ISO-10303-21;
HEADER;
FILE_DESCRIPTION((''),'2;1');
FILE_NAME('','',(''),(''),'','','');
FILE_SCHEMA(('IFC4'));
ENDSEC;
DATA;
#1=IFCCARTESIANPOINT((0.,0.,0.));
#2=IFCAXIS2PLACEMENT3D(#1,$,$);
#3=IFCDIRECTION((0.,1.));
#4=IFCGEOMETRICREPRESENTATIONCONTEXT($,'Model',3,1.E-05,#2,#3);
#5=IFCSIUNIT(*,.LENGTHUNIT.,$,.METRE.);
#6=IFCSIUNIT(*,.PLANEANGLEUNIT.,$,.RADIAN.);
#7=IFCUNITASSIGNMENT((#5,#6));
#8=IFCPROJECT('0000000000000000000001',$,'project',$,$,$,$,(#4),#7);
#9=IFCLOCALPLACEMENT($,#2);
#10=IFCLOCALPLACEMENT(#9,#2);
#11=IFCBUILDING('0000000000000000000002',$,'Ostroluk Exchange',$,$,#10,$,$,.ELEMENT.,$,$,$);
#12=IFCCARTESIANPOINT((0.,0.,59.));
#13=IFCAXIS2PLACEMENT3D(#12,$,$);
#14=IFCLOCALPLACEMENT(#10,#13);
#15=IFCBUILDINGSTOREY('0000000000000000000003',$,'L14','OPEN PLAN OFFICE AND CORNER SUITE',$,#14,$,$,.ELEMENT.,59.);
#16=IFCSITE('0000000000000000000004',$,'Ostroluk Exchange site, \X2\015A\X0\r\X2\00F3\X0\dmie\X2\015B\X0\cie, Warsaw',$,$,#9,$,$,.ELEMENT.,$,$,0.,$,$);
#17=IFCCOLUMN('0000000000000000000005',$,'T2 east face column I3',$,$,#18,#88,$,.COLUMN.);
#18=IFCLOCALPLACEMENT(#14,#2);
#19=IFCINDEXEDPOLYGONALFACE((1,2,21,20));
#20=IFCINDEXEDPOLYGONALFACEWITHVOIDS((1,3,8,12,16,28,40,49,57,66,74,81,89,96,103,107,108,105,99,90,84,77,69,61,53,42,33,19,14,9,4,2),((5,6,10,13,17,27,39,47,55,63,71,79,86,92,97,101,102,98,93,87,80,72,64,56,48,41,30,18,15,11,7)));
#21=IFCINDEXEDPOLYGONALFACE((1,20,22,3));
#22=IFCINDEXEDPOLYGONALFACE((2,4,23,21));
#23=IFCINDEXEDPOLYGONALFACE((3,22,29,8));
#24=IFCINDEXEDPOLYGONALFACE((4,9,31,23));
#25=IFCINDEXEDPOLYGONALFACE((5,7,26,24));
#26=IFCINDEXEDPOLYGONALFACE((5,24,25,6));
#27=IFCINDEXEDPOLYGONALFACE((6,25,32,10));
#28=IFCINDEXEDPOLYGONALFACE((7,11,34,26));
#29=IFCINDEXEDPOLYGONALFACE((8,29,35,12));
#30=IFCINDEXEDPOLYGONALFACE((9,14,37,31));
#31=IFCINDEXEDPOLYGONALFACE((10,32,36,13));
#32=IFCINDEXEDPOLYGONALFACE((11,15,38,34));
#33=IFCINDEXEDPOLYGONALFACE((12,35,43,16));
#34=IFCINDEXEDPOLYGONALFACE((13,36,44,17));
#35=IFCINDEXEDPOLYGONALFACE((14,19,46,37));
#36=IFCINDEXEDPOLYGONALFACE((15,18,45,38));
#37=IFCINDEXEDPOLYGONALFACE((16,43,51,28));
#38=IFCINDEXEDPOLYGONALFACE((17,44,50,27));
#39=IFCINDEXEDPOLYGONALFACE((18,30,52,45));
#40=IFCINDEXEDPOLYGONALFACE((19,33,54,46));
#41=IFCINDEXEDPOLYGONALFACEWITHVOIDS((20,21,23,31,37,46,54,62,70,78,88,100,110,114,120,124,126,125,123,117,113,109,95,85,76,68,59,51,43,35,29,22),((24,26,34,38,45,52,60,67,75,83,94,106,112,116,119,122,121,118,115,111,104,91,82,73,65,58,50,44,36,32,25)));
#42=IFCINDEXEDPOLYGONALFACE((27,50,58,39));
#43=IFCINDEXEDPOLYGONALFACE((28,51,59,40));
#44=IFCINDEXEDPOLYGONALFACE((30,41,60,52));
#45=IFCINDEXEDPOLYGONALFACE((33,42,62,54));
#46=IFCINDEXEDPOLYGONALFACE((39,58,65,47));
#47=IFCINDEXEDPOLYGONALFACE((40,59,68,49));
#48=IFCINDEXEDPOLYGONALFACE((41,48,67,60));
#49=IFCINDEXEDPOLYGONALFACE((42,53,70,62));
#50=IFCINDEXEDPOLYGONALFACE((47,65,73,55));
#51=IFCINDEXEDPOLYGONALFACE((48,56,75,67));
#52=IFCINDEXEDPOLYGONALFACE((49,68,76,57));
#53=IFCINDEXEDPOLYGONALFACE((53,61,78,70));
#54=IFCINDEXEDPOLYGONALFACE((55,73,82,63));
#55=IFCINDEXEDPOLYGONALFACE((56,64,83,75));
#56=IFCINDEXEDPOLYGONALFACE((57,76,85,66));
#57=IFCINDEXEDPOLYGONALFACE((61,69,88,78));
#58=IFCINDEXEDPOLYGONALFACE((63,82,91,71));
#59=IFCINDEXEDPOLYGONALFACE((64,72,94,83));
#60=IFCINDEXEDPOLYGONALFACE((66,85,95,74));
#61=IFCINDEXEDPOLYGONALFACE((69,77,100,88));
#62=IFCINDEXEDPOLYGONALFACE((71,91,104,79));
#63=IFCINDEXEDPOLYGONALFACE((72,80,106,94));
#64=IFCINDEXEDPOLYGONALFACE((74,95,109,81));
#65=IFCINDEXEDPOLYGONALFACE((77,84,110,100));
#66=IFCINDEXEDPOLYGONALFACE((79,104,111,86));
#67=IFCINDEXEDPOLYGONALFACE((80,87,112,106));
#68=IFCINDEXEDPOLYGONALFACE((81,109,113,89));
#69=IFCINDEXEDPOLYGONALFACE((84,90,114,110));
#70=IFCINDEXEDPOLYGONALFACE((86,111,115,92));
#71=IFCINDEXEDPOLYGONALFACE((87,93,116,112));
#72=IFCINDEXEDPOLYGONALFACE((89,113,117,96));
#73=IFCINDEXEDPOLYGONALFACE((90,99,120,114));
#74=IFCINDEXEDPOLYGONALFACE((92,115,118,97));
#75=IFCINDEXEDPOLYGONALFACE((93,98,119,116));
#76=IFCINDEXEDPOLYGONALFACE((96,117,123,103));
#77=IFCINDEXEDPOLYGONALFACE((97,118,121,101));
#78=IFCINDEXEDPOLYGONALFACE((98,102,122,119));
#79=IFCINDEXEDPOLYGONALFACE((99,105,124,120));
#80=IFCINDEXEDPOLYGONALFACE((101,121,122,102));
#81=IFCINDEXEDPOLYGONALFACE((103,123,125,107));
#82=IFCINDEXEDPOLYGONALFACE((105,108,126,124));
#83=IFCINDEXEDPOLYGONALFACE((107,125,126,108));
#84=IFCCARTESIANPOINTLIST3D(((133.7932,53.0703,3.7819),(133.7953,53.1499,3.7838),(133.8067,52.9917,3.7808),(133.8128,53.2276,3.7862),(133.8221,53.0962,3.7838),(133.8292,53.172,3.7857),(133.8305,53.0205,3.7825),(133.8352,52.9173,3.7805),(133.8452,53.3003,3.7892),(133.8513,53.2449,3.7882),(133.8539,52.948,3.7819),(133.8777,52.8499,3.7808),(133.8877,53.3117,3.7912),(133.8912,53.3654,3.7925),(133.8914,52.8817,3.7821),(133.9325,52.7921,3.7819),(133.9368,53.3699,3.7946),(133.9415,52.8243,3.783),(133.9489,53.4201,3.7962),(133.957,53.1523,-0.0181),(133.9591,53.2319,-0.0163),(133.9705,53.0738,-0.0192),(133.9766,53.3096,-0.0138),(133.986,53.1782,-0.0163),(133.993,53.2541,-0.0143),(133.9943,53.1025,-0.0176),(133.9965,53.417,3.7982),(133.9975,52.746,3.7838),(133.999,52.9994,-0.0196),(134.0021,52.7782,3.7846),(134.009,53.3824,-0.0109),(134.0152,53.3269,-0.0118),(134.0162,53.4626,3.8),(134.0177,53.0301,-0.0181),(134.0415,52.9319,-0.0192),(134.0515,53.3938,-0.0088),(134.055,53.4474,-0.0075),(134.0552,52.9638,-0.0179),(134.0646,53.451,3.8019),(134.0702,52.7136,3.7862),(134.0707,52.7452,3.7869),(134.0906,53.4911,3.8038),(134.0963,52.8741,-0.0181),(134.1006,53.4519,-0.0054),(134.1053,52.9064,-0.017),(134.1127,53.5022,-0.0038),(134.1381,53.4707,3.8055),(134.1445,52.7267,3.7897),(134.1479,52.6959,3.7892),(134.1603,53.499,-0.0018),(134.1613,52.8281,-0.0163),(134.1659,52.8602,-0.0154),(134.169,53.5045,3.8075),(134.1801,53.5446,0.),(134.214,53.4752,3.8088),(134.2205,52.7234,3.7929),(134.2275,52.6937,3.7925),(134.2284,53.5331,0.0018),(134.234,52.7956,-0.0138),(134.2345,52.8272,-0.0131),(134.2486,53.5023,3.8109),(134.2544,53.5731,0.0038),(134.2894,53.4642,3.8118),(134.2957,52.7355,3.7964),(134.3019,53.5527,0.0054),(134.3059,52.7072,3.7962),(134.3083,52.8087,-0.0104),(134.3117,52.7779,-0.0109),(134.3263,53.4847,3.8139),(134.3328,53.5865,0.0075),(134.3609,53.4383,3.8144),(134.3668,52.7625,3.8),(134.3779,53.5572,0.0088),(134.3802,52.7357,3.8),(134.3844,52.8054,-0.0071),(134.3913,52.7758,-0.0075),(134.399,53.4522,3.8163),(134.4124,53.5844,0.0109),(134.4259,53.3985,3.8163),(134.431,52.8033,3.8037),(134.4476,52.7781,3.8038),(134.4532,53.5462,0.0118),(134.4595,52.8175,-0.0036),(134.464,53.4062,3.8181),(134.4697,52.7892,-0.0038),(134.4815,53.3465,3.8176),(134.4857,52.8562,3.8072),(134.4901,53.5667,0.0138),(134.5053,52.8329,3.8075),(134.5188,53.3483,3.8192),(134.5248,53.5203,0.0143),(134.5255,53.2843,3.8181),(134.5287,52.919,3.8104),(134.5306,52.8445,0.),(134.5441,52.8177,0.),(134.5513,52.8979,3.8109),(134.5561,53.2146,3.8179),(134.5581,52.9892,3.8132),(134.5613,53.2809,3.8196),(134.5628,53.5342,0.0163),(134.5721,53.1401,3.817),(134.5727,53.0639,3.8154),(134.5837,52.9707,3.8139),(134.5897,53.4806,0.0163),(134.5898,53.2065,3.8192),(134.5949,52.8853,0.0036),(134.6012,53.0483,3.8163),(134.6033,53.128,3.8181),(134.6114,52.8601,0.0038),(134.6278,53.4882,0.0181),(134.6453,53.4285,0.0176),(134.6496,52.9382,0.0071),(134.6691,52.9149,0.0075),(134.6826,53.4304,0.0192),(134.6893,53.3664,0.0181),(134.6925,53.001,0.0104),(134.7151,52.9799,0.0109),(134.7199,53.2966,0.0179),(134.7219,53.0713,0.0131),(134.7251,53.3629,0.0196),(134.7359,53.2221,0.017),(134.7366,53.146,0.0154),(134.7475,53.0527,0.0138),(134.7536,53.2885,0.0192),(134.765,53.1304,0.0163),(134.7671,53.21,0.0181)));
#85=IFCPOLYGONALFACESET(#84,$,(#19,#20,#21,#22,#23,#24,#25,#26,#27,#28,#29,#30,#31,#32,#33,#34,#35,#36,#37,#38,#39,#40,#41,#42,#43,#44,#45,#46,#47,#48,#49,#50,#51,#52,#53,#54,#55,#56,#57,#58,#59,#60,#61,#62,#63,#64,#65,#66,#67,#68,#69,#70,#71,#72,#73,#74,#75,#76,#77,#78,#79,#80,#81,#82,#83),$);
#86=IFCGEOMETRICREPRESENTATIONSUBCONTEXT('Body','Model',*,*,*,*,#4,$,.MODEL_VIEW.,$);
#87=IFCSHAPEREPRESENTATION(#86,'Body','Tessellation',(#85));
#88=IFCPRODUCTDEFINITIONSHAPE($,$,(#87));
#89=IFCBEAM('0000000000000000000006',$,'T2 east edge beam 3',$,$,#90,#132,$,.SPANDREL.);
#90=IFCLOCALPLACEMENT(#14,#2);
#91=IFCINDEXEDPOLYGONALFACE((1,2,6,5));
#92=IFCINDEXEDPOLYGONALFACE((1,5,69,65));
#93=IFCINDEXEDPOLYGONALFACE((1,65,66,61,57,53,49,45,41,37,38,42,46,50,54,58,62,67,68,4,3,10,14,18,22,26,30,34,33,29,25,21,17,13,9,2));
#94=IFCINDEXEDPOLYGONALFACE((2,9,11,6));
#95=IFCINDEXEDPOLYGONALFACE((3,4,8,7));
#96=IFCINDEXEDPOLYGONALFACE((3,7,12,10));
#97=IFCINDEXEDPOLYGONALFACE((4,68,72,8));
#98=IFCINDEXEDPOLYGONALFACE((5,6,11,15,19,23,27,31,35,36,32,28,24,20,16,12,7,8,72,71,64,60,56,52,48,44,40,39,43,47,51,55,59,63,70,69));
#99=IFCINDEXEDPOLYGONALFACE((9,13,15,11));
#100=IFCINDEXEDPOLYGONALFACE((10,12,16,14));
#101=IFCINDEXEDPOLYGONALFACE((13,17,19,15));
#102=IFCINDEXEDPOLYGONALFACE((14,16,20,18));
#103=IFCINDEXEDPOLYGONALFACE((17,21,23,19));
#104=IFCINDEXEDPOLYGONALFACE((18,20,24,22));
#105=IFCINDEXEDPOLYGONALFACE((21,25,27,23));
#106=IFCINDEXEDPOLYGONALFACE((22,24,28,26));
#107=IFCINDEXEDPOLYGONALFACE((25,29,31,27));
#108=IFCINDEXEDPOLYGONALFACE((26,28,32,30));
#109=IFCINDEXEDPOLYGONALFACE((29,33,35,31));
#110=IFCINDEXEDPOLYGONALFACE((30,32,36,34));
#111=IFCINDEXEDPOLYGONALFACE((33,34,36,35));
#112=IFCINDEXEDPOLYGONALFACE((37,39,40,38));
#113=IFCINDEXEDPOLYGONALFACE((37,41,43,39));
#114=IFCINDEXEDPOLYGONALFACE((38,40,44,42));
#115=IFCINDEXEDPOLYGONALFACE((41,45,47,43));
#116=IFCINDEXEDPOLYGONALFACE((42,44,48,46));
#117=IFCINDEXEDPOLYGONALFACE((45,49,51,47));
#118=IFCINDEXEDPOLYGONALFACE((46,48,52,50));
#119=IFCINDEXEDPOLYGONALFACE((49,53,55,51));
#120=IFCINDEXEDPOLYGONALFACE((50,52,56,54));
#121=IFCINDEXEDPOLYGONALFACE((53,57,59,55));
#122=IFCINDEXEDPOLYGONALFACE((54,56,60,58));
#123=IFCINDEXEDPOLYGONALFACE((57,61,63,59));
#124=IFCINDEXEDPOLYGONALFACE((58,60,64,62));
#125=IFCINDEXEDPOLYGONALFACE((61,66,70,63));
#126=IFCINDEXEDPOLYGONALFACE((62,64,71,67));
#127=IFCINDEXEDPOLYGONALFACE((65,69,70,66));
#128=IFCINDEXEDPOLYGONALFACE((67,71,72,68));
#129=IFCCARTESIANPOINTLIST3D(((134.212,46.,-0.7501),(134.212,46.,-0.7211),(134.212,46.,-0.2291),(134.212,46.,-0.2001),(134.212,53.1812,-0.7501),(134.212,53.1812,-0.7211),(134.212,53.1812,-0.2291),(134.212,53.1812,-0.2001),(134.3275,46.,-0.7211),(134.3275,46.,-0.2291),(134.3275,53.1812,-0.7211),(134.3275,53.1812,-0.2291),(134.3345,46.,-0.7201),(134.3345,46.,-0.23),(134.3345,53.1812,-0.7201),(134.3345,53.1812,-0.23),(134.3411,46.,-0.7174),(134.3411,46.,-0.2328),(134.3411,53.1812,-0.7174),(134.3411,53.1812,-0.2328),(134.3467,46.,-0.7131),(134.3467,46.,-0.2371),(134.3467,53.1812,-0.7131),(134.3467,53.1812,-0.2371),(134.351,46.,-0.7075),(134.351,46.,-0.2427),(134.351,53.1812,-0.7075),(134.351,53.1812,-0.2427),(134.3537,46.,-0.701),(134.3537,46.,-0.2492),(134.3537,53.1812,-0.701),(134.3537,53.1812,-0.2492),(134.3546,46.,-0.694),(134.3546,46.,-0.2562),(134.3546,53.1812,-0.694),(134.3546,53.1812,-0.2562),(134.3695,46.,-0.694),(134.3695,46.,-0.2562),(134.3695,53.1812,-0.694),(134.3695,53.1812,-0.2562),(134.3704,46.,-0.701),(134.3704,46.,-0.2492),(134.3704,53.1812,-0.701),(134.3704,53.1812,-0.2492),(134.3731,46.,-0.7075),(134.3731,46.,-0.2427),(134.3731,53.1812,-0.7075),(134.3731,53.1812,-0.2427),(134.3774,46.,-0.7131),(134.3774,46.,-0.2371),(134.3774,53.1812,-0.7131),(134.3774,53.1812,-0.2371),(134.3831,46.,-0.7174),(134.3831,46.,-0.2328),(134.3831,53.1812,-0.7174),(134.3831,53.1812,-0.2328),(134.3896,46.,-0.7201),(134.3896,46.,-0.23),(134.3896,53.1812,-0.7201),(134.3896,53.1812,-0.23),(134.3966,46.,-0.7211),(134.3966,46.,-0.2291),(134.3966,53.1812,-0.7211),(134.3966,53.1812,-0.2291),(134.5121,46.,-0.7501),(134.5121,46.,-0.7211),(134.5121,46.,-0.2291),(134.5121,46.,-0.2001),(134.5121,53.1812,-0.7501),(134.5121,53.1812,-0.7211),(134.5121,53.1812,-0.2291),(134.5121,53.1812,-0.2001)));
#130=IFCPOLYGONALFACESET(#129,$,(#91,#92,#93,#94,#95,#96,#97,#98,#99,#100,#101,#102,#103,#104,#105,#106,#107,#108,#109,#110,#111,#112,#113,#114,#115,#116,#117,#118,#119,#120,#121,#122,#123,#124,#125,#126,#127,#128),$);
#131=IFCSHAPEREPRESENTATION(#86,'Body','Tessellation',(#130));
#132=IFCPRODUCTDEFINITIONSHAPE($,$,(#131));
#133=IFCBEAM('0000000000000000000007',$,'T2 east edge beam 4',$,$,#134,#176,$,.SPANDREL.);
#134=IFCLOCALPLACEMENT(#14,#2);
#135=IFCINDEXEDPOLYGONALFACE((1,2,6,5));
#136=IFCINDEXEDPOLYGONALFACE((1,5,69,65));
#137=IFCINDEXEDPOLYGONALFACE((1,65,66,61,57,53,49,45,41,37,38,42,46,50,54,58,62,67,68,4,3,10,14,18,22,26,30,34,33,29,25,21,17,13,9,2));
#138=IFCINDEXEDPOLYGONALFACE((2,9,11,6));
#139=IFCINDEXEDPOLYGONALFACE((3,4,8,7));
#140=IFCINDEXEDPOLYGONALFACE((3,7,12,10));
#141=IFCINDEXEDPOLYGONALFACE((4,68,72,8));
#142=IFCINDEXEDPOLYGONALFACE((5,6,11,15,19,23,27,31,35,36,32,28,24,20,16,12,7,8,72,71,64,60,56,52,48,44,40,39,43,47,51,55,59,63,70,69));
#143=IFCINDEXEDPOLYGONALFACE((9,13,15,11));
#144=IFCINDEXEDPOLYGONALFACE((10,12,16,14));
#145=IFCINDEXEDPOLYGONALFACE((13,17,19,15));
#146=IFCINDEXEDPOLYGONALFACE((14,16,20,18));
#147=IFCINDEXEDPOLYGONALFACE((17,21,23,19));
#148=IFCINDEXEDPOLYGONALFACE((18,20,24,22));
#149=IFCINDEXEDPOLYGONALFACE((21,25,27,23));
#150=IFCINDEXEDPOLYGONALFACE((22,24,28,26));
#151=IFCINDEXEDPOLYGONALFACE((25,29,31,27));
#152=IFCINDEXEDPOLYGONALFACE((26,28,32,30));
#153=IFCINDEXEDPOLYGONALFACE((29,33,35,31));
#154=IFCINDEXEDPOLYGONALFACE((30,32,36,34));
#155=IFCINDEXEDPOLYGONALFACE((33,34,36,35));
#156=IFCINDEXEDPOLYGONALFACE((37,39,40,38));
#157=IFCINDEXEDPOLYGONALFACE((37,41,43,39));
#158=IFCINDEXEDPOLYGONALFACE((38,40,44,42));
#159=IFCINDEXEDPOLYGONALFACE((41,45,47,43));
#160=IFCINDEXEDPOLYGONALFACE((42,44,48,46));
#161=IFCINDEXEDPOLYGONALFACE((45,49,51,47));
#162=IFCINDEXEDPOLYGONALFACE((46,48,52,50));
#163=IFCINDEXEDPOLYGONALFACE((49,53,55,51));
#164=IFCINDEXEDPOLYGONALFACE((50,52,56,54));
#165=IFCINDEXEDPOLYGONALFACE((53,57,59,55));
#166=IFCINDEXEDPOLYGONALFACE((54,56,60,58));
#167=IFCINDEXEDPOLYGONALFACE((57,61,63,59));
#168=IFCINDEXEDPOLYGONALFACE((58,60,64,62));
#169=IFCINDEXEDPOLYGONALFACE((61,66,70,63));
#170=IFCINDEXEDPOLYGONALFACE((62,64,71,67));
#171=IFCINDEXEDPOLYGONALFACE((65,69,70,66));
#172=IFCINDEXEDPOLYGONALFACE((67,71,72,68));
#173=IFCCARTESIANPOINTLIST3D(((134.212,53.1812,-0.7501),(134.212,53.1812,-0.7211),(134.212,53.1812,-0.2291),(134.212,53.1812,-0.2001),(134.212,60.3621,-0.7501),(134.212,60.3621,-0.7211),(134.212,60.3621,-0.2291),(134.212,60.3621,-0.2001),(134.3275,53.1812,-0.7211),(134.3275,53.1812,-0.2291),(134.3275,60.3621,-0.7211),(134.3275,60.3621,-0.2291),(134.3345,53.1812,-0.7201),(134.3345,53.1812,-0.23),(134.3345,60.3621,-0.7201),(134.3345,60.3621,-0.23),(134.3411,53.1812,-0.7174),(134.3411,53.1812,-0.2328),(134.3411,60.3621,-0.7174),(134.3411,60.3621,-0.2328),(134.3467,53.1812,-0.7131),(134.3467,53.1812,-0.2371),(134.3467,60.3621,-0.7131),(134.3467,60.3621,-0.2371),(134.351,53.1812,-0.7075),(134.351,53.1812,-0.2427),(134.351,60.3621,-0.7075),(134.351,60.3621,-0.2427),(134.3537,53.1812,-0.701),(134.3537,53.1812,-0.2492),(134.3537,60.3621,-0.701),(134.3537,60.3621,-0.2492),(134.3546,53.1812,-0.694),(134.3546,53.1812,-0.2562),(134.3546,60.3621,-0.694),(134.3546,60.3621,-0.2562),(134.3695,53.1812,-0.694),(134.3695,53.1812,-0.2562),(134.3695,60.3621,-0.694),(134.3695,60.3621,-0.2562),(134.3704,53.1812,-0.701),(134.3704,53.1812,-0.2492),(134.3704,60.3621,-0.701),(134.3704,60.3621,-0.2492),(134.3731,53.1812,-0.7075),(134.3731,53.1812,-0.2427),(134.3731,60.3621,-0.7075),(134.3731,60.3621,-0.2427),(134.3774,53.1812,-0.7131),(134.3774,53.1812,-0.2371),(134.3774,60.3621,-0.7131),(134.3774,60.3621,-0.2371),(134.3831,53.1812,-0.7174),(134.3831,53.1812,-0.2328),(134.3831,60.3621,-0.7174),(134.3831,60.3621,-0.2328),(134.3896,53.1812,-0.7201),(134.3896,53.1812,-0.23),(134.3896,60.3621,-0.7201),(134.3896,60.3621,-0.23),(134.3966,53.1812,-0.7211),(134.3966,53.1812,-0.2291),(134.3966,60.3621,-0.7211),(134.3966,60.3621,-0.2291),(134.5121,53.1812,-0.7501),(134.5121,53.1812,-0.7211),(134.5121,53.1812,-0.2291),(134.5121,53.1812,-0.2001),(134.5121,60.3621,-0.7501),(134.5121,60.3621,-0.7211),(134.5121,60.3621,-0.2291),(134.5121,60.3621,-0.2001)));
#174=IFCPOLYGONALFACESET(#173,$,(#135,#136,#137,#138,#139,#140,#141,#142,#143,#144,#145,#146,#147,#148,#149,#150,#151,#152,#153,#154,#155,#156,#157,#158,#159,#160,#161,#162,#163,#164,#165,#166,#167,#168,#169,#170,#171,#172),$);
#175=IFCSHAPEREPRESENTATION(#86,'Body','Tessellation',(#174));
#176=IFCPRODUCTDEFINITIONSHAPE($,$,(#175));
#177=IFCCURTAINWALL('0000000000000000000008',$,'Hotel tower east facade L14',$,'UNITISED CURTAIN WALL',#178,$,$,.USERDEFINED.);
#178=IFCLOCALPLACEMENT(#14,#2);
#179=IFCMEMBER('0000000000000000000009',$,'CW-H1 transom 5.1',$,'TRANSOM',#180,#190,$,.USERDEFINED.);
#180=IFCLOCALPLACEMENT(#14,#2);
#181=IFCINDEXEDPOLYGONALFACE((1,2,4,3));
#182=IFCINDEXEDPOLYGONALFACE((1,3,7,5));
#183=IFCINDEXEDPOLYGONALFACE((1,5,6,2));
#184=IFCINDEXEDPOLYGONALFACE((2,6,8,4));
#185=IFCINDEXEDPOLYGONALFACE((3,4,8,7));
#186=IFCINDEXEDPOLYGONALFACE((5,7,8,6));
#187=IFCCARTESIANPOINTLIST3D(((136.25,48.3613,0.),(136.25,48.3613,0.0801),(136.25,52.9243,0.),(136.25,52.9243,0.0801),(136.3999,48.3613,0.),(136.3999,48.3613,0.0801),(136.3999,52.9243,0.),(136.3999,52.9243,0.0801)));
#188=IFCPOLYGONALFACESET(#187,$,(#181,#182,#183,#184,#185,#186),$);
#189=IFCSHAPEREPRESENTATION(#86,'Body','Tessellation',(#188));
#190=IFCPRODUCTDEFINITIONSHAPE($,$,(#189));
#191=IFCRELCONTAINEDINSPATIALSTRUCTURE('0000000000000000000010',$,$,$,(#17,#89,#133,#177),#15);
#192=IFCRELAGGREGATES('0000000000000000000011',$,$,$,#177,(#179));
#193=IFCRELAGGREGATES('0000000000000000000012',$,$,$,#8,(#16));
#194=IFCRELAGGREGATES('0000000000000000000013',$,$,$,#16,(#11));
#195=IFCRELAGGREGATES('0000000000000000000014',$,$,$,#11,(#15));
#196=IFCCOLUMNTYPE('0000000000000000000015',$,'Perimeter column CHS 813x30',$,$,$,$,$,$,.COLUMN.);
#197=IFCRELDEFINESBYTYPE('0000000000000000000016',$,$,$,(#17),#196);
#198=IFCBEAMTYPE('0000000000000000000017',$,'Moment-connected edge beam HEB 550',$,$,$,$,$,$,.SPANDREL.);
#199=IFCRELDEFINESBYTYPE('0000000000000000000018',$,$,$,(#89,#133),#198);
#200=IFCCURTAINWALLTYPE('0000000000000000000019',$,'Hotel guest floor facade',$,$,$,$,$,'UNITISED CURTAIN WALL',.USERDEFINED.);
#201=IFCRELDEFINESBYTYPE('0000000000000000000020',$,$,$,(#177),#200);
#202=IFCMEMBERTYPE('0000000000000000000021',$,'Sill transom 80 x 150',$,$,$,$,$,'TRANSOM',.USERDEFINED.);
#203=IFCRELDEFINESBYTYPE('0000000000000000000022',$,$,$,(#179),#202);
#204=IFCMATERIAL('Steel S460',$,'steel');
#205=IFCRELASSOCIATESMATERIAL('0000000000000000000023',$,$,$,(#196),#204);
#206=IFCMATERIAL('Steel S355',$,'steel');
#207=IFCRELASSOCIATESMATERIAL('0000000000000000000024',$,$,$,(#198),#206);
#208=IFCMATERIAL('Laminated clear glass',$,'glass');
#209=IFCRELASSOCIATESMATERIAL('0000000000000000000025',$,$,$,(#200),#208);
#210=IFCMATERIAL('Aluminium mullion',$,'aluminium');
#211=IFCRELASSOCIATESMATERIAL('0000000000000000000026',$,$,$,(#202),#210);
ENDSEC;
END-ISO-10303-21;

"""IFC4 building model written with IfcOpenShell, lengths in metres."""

from ifc_helpers import new_model, si_unit, direction, frame, origin, origin_2d, place, context, subcontext, project, spatial, rectangle, hollow_circle, i_section, extrude, material, material_profile, profile_set, type_object, element, aggregate, save


model = new_model("IFC4")

# Units and contexts
model_context = context("Model", 3, precision=1e-05, world=origin(), true_north=direction((0.0, 1.0)))
body_context = subcontext(model_context, "Body", "Model", "MODEL_VIEW")
ifc_project = project(units=[si_unit("LENGTHUNIT", "METRE"), si_unit("PLANEANGLEUNIT", "RADIAN")], contexts=[model_context])

# Site, building, storey
site_placement = place(None, origin())
site = spatial("IfcSite", under=ifc_project, at=site_placement, Name="Ostroluk Exchange site, Śródmieście, Warsaw", CompositionType="ELEMENT", RefElevation=0.0)
building_placement = place(site_placement, origin())
building = spatial("IfcBuilding", under=site, at=building_placement, Name="Ostroluk Exchange", CompositionType="ELEMENT")
storey_placement = place(building_placement, frame((0.0, 0.0, 59.0)))
storey = spatial("IfcBuildingStorey", under=building, at=storey_placement, Name="L14", Description="OPEN PLAN OFFICE AND CORNER SUITE", CompositionType="ELEMENT", Elevation=59.0)

# Column
ifc_material_1 = material(Name="Steel S460", Category="steel")
ifc_material_profile_1 = material_profile(ifc_material_1, hollow_circle(Radius=0.4065, WallThickness=0.03, at=origin_2d()), Name="CHS 813x30")
ifc_profile_set_1 = profile_set([ifc_material_profile_1], Name="Steel S460")
column_type = type_object("IfcColumnType", Name="Perimeter column CHS 813x30", PredefinedType="COLUMN", material=ifc_profile_set_1)
column_placement = place(storey_placement, frame((134.3621, 53.1812, 0.0), z_axis=(-0.04306, -0.021562, 0.99884), x_axis=(0.447747, -0.894161, 0.0)))
element("IfcColumn", 1, at=column_placement, inside=storey, type_object=column_type, Name="T2 east face column I3", PredefinedType="COLUMN", context=body_context, shape_type="SweptSolid", body=[
    extrude(hollow_circle(Radius=0.4065, WallThickness=0.03, at=origin_2d()), origin(), (0.0, 0.0, 1.0), 3.8044),
])

# Beams
ifc_material_2 = material(Name="Steel S355", Category="steel")
ifc_material_profile_2 = material_profile(ifc_material_2, i_section(OverallWidth=0.3, OverallDepth=0.55, WebThickness=0.0149, FlangeThickness=0.0291, FilletRadius=0.0271, at=origin_2d()), Name="HEB 550")
ifc_profile_set_2 = profile_set([ifc_material_profile_2], Name="Steel S355")
beam_type = type_object("IfcBeamType", Name="Moment-connected edge beam HEB 550", PredefinedType="SPANDREL", material=ifc_profile_set_2)
beam_1_placement = place(storey_placement, frame((134.3621, 46.0, -0.4751), z_axis=(0.0, 1.0, 0.0), x_axis=(-1.0, 0.0, 0.0)))
element("IfcBeam", 2, at=beam_1_placement, inside=storey, type_object=beam_type, Name="T2 east edge beam 3", PredefinedType="SPANDREL", context=body_context, shape_type="SweptSolid", body=[
    extrude(i_section(OverallWidth=0.3, OverallDepth=0.55, WebThickness=0.0149, FlangeThickness=0.0291, FilletRadius=0.0271, at=origin_2d()), origin(), (0.0, 0.0, 1.0), 7.1812),
])
beam_2_placement = place(storey_placement, frame((134.3621, 53.1812, -0.4751), z_axis=(0.0, 1.0, 0.0), x_axis=(-1.0, 0.0, 0.0)))
element("IfcBeam", 3, at=beam_2_placement, inside=storey, type_object=beam_type, Name="T2 east edge beam 4", PredefinedType="SPANDREL", context=body_context, shape_type="SweptSolid", body=[
    extrude(i_section(OverallWidth=0.3, OverallDepth=0.55, WebThickness=0.0149, FlangeThickness=0.0291, FilletRadius=0.0271, at=origin_2d()), origin(), (0.0, 0.0, 1.0), 7.1809),
])

# Curtain wall, member
ifc_material_3 = material(Name="Laminated clear glass", Category="glass")
curtain_wall_type = type_object("IfcCurtainWallType", Name="Hotel guest floor facade", ElementType="UNITISED CURTAIN WALL", PredefinedType="USERDEFINED", material=ifc_material_3)
curtain_wall_placement = place(storey_placement, origin())
curtain_wall = element("IfcCurtainWall", 4, at=curtain_wall_placement, inside=storey, type_object=curtain_wall_type, Name="Hotel tower east facade L14", ObjectType="UNITISED CURTAIN WALL", PredefinedType="USERDEFINED")
ifc_material_4 = material(Name="Aluminium mullion", Category="aluminium")
ifc_material_profile_3 = material_profile(ifc_material_4, rectangle(XDim=0.1499, YDim=0.0801, at=origin_2d()), Name="Sill transom 80 x 150")
ifc_profile_set_3 = profile_set([ifc_material_profile_3], Name="Aluminium mullion")
member_type_1 = type_object("IfcMemberType", Name="Sill transom 80 x 150", ElementType="TRANSOM", PredefinedType="USERDEFINED", material=ifc_profile_set_3)
member_1_placement = place(storey_placement, frame((136.325, 48.3613, 0.04), z_axis=(0.0, 1.0, 0.0), x_axis=(-1.0, 0.0, 0.0)))
member_1 = element("IfcMember", 5, at=member_1_placement, type_object=member_type_1, Name="CW-H1 transom 5.1", ObjectType="TRANSOM", PredefinedType="USERDEFINED", context=body_context, shape_type="SweptSolid", body=[
    extrude(rectangle(XDim=0.1499, YDim=0.0801, at=origin_2d()), origin(), (0.0, 0.0, 1.0), 4.563),
])
aggregate(curtain_wall, [member_1])

save(model, "model.ifc")
